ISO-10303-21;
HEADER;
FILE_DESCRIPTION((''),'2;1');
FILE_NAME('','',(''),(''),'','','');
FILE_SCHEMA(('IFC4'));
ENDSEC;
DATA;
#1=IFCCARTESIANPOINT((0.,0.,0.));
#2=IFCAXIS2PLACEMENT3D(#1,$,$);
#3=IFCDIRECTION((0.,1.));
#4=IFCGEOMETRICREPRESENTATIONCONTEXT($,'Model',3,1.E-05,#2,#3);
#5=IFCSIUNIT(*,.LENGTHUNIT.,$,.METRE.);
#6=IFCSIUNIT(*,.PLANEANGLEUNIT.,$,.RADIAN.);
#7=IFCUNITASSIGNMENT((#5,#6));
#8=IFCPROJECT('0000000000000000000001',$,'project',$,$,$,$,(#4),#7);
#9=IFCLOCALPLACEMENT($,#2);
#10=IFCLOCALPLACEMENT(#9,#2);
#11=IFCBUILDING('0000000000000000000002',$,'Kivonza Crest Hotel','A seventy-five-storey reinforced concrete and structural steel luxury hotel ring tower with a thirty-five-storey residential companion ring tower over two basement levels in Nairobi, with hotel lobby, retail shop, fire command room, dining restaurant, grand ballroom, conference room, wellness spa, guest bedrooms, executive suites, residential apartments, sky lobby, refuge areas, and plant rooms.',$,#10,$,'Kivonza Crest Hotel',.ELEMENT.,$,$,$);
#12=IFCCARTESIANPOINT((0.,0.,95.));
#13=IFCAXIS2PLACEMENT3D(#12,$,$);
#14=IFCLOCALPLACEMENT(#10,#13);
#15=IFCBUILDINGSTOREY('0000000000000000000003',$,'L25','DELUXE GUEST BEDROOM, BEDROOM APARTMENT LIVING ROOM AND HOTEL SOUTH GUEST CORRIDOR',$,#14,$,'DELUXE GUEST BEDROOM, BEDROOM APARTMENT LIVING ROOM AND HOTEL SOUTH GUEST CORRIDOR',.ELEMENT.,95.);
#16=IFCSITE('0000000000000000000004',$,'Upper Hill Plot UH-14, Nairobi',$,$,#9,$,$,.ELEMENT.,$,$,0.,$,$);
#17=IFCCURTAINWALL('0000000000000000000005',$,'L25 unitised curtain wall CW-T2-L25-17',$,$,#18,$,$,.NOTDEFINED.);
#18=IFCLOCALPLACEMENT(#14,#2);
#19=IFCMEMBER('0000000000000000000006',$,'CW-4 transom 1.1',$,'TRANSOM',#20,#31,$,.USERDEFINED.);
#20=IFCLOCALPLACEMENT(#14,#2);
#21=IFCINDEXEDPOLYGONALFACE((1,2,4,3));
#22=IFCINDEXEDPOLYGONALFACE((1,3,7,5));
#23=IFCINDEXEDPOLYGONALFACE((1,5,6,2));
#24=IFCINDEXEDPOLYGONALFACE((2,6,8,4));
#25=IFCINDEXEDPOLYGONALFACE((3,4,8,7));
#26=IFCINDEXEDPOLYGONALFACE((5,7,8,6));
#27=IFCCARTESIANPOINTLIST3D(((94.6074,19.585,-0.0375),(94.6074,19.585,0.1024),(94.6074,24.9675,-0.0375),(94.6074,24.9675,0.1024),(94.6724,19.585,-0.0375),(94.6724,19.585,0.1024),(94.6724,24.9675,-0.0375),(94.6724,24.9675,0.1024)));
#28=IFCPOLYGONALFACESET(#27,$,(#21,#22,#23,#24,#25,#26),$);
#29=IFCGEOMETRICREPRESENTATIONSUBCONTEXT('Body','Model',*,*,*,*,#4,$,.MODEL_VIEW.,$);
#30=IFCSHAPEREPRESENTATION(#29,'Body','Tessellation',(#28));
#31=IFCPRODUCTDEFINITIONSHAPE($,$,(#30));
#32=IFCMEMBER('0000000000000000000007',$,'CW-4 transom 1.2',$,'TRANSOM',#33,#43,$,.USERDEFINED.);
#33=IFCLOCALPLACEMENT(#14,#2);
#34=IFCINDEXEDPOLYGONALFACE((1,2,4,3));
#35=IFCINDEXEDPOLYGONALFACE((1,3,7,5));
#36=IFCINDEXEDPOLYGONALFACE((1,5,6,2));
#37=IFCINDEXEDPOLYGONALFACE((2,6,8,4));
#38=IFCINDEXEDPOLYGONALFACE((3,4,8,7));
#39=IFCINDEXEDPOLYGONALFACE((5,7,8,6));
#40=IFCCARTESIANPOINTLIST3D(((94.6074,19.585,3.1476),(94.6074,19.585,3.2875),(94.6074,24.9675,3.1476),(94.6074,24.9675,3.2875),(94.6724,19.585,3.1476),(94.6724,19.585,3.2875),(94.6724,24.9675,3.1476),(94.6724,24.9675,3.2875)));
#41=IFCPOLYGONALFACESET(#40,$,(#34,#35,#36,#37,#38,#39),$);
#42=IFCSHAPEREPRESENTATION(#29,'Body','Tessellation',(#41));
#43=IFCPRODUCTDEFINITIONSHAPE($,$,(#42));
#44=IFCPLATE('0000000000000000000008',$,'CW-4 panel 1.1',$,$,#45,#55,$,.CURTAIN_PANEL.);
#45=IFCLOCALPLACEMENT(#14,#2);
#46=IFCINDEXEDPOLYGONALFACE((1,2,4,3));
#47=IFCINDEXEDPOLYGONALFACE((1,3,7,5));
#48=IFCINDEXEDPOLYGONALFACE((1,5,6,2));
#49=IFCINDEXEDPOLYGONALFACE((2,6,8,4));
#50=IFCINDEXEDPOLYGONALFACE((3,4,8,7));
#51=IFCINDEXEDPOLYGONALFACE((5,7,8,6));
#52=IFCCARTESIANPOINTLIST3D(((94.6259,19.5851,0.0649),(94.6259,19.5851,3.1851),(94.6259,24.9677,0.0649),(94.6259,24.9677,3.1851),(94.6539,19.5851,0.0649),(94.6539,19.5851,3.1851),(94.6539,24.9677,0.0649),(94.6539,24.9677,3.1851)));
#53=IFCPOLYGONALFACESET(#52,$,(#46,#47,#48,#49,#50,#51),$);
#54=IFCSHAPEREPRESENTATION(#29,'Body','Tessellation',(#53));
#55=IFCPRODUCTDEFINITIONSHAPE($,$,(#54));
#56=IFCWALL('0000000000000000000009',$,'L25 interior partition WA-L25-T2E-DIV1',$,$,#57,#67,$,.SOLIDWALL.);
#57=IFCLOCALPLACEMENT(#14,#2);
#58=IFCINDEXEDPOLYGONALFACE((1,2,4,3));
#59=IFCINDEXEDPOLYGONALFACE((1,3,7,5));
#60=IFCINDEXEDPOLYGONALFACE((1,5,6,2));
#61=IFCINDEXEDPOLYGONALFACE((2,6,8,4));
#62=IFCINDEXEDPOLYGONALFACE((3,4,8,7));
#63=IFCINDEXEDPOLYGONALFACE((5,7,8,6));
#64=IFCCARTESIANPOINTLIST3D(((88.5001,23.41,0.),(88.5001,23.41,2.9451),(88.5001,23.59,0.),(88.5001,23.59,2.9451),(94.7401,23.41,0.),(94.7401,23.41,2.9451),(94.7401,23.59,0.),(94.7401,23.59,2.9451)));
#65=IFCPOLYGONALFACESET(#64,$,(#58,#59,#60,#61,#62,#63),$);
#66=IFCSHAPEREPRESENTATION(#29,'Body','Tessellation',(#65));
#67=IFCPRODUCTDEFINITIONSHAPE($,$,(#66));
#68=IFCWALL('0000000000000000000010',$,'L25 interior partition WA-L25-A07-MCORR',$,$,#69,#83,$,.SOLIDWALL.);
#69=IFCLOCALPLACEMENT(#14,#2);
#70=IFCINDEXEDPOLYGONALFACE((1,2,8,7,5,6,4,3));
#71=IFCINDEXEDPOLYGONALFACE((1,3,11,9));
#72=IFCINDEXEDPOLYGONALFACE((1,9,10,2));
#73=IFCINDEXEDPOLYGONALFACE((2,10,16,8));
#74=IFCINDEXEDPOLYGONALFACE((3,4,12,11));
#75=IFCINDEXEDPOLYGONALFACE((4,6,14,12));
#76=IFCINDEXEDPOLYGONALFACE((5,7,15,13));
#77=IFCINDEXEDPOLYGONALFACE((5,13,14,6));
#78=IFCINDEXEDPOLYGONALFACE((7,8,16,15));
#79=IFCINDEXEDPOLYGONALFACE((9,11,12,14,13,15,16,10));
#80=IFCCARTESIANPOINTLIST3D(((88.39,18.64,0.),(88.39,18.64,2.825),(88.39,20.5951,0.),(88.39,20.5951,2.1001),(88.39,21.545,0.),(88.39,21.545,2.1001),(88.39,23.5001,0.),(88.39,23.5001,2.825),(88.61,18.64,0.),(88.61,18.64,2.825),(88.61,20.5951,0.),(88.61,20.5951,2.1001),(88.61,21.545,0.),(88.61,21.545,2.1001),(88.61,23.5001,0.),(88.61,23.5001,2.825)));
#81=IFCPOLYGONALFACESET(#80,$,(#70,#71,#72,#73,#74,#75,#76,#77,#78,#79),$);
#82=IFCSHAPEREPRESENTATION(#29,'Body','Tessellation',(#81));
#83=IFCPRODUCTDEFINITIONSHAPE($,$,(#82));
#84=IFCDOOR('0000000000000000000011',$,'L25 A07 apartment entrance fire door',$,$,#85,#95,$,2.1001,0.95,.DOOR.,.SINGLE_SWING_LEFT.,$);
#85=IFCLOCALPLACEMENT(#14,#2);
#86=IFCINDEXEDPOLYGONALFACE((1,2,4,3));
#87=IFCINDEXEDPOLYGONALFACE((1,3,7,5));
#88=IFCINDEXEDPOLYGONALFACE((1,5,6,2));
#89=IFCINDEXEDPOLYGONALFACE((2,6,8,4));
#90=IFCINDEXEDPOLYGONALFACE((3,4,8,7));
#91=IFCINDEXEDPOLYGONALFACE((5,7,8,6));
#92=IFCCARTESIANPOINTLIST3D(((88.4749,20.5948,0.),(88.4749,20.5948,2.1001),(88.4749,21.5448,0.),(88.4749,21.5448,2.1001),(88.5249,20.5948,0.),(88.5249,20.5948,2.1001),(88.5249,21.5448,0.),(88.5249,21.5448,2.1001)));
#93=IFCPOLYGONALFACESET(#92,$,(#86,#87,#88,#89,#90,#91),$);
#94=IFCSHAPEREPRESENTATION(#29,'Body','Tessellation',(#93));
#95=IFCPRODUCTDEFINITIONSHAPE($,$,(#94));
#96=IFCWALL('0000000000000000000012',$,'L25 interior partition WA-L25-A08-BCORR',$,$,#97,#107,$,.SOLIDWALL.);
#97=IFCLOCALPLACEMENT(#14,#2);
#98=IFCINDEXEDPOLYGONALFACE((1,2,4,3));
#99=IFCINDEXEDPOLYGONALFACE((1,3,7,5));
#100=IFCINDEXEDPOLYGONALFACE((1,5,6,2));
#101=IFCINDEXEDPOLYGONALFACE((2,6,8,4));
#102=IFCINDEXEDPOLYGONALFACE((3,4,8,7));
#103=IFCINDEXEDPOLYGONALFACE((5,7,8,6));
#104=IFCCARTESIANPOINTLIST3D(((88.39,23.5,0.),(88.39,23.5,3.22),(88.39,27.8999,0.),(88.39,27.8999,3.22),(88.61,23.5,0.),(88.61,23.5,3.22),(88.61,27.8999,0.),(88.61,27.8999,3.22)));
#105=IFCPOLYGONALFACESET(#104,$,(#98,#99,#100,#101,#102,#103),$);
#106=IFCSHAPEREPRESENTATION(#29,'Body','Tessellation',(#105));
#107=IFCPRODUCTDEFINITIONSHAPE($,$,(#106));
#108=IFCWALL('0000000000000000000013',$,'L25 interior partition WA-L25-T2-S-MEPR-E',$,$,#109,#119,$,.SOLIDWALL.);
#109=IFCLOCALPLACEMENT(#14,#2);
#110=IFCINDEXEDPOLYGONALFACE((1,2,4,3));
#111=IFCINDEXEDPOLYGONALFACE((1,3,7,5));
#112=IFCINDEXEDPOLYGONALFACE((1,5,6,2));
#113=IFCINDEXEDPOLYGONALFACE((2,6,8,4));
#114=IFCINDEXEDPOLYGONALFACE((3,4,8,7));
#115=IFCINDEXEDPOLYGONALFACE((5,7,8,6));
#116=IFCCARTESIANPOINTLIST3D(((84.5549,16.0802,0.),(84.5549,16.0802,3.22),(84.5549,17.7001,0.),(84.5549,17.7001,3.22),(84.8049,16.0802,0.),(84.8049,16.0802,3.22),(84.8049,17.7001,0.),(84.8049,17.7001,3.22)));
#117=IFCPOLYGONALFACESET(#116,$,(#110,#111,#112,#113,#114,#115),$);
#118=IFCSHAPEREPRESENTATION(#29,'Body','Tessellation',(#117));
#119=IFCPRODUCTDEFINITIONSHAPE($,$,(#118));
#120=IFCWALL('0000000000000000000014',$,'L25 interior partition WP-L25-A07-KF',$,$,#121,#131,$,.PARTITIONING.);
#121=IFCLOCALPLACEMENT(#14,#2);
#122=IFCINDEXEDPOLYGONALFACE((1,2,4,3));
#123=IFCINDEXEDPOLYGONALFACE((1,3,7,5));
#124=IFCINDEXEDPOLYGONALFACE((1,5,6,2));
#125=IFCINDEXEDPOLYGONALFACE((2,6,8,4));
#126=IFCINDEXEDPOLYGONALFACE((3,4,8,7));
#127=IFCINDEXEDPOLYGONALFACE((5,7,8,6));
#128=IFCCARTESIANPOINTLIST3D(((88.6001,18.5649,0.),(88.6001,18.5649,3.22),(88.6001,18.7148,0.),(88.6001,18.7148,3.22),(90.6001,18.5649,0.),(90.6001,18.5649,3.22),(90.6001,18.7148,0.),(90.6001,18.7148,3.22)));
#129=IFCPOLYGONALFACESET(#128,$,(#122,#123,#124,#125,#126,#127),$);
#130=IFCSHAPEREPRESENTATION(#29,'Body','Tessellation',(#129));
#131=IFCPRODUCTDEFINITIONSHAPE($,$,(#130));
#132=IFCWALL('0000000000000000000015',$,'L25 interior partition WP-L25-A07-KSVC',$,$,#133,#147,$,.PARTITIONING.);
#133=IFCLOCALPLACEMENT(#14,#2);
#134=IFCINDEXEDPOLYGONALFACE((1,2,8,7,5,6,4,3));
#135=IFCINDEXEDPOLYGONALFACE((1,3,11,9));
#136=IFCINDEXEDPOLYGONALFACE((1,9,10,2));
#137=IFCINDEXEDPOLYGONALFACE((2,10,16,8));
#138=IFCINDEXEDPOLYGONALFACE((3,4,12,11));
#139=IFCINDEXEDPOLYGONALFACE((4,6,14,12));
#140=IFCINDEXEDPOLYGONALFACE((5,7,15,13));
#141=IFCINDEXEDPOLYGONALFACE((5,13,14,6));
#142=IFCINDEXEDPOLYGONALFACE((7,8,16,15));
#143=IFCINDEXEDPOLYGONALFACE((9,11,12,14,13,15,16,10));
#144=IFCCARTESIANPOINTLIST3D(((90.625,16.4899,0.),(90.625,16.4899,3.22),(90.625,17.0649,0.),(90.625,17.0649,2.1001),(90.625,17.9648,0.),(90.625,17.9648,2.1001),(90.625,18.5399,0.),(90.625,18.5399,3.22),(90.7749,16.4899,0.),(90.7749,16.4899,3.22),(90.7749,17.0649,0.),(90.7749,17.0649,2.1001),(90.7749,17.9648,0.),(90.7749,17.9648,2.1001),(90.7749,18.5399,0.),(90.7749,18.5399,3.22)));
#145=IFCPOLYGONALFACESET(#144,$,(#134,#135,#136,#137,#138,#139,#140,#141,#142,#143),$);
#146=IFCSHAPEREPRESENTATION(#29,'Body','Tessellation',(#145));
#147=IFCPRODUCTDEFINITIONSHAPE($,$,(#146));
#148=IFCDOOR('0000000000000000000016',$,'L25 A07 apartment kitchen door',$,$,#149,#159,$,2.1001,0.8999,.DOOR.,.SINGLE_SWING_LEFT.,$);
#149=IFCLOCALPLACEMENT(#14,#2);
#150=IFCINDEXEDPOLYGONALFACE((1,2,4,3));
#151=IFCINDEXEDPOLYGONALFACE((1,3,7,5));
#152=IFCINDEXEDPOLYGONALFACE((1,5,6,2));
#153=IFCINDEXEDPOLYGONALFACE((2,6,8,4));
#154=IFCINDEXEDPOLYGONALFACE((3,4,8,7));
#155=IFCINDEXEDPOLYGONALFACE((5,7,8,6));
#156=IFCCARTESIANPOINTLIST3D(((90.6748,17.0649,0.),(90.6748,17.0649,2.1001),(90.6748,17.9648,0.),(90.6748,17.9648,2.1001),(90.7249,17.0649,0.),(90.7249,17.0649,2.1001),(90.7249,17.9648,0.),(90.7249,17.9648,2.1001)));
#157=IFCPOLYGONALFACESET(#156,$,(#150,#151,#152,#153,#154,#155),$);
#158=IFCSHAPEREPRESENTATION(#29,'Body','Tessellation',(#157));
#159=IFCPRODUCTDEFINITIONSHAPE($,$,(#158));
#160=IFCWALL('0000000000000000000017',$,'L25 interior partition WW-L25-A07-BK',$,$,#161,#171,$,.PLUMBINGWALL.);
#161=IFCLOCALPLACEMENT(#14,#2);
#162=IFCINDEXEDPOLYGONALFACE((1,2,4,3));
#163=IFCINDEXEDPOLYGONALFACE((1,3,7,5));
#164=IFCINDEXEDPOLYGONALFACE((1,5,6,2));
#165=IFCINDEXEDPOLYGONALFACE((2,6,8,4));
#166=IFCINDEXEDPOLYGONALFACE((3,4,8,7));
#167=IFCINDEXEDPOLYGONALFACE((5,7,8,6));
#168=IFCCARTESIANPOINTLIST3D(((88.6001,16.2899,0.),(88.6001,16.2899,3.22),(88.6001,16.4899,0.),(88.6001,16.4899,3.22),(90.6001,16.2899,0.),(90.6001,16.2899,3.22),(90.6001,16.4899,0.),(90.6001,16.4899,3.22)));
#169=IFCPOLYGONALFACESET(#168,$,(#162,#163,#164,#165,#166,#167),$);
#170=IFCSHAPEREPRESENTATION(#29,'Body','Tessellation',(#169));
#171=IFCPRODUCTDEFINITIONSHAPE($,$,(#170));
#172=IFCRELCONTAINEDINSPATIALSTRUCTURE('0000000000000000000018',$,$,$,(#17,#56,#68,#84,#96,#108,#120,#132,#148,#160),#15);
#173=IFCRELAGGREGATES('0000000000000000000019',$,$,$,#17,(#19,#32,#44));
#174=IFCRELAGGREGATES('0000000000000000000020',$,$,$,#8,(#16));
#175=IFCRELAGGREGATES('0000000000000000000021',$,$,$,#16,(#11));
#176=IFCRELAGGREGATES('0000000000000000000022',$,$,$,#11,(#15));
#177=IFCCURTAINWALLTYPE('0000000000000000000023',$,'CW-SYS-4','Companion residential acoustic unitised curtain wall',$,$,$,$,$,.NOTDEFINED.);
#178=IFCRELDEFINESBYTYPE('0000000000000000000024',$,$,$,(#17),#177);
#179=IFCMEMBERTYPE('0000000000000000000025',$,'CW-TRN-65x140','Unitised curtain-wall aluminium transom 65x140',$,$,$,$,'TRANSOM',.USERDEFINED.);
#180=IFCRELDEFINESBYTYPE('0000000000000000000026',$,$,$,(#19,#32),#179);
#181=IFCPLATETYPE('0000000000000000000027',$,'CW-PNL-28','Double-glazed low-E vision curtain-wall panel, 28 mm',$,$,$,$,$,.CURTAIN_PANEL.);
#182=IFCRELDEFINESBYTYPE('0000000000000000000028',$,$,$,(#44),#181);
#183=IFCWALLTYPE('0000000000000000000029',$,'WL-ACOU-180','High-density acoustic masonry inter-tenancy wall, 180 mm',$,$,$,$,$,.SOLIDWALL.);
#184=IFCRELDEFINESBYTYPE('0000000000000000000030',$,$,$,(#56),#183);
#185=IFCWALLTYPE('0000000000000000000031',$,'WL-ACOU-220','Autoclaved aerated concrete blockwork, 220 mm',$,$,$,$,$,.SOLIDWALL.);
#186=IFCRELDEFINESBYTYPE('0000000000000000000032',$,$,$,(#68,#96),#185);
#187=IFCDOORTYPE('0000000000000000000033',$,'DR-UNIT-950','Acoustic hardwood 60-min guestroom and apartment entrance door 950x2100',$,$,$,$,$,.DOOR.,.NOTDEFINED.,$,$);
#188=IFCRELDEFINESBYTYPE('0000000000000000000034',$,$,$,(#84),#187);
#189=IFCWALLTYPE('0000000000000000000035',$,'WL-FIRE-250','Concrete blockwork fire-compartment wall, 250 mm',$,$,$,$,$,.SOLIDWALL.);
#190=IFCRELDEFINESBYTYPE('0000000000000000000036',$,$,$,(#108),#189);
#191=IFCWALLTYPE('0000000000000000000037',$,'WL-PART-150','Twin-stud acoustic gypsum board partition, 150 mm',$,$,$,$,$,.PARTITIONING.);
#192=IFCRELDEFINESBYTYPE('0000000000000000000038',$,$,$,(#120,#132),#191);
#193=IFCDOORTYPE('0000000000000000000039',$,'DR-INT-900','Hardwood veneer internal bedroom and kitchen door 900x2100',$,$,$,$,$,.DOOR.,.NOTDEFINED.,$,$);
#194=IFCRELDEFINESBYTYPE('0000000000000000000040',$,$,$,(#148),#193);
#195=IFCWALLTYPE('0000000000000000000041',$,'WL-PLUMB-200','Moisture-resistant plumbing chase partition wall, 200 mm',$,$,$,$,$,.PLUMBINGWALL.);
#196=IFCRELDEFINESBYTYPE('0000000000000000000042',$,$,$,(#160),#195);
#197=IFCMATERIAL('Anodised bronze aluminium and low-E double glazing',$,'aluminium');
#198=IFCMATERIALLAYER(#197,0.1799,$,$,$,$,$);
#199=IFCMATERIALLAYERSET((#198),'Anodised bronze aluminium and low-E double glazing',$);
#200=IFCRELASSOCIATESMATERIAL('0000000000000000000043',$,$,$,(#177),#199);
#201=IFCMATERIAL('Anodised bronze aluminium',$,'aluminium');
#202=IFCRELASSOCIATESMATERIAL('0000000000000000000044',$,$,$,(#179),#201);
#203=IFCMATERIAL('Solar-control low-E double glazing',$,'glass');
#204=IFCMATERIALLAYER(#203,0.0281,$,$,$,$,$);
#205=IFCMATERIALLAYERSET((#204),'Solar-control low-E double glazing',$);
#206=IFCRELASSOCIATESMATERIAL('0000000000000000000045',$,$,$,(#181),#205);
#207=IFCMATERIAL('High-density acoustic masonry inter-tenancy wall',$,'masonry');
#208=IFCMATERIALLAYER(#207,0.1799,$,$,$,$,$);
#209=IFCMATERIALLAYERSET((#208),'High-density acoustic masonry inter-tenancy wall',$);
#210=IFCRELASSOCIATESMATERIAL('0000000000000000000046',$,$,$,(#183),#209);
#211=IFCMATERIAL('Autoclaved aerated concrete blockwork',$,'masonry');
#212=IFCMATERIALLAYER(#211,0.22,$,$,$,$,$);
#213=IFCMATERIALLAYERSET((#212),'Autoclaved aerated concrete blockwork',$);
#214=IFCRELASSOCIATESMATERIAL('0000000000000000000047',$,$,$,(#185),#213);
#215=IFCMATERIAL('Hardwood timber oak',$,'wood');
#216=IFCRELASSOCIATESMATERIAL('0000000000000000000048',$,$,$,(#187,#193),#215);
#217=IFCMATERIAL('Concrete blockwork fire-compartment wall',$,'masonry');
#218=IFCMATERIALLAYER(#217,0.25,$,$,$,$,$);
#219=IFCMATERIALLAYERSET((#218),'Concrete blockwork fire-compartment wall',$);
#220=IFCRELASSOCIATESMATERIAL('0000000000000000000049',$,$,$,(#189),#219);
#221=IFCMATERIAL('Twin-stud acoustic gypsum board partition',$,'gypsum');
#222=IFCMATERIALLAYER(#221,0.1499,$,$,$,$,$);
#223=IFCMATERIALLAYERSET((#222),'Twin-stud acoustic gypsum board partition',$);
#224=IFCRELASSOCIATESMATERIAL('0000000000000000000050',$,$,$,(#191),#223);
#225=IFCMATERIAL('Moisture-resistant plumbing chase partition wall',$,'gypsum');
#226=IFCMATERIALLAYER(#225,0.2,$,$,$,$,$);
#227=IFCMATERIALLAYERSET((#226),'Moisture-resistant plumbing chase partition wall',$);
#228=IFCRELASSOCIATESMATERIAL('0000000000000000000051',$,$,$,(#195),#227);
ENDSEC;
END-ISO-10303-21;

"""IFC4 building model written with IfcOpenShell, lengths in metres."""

from ifc_helpers import new_model, si_unit, direction, frame, frame_2d, origin, origin_2d, place, context, subcontext, project, spatial, rectangle, extrude, material, layer, layer_set, material_profile, profile_set, type_object, element, fill, aggregate, save


model = new_model("IFC4")

# Units and contexts
model_context = context("Model", 3, precision=1e-05, world=origin(), true_north=direction((0.0, 1.0)))
body_context = subcontext(model_context, "Body", "Model", "MODEL_VIEW")
ifc_project = project(units=[si_unit("LENGTHUNIT", "METRE"), si_unit("PLANEANGLEUNIT", "RADIAN")], contexts=[model_context])

# Site, building, storey
site_placement = place(None, origin())
site = spatial("IfcSite", under=ifc_project, at=site_placement, Name="Upper Hill Plot UH-14, Nairobi", CompositionType="ELEMENT", RefElevation=0.0)
building_placement = place(site_placement, origin())
building = spatial("IfcBuilding", under=site, at=building_placement, Name="Kivonza Crest Hotel", Description="A seventy-five-storey reinforced concrete and structural steel luxury hotel ring tower with a thirty-five-storey residential companion ring tower over two basement levels in Nairobi, with hotel lobby, retail shop, fire command room, dining restaurant, grand ballroom, conference room, wellness spa, guest bedrooms, executive suites, residential apartments, sky lobby, refuge areas, and plant rooms.", LongName="Kivonza Crest Hotel", CompositionType="ELEMENT")
storey_placement = place(building_placement, frame((0.0, 0.0, 95.0)))
storey = spatial("IfcBuildingStorey", under=building, at=storey_placement, Name="L25", Description="DELUXE GUEST BEDROOM, BEDROOM APARTMENT LIVING ROOM AND HOTEL SOUTH GUEST CORRIDOR", LongName="DELUXE GUEST BEDROOM, BEDROOM APARTMENT LIVING ROOM AND HOTEL SOUTH GUEST CORRIDOR", CompositionType="ELEMENT", Elevation=95.0)

# Curtain wall, members, plate
ifc_material_1 = material(Name="Anodised bronze aluminium and low-E double glazing", Category="aluminium")
ifc_layer_1 = layer(ifc_material_1, 0.1799)
ifc_layer_set_1 = layer_set([ifc_layer_1], Name="Anodised bronze aluminium and low-E double glazing")
curtain_wall_type = type_object("IfcCurtainWallType", Name="CW-SYS-4", Description="Companion residential acoustic unitised curtain wall", PredefinedType="NOTDEFINED", material=ifc_layer_set_1)
curtain_wall_placement = place(storey_placement, origin())
curtain_wall = element("IfcCurtainWall", 1, at=curtain_wall_placement, inside=storey, type_object=curtain_wall_type, Name="L25 unitised curtain wall CW-T2-L25-17", PredefinedType="NOTDEFINED")
ifc_material_2 = material(Name="Anodised bronze aluminium", Category="aluminium")
ifc_material_profile_1 = material_profile(ifc_material_2, rectangle(XDim=0.0649, YDim=0.1399, at=origin_2d()), Name="CW-T 65x140")
ifc_profile_set_1 = profile_set([ifc_material_profile_1], Name="Anodised bronze aluminium")
member_type_1 = type_object("IfcMemberType", Name="CW-TRN-65x140", Description="Unitised curtain-wall aluminium transom 65x140", ElementType="TRANSOM", PredefinedType="USERDEFINED", material=ifc_profile_set_1)
member_1_placement = place(storey_placement, frame((94.6399, 19.585, 0.0325), z_axis=(0.0, 1.0, 0.0), x_axis=(-1.0, 0.0, 0.0)))
member_1 = element("IfcMember", 2, at=member_1_placement, type_object=member_type_1, Name="CW-4 transom 1.1", ObjectType="TRANSOM", PredefinedType="USERDEFINED", context=body_context, shape_type="SweptSolid", body=[
    extrude(rectangle(XDim=0.0649, YDim=0.1399, at=origin_2d()), origin(), (0.0, 0.0, 1.0), 5.3826),
])
member_2_placement = place(storey_placement, frame((94.6399, 19.585, 3.2175), z_axis=(0.0, 1.0, 0.0), x_axis=(-1.0, 0.0, 0.0)))
member_2 = element("IfcMember", 3, at=member_2_placement, type_object=member_type_1, Name="CW-4 transom 1.2", ObjectType="TRANSOM", PredefinedType="USERDEFINED", context=body_context, shape_type="SweptSolid", body=[
    extrude(rectangle(XDim=0.0649, YDim=0.1399, at=origin_2d()), origin(), (0.0, 0.0, 1.0), 5.3826),
])
ifc_material_3 = material(Name="Solar-control low-E double glazing", Category="glass")
ifc_layer_2 = layer(ifc_material_3, 0.0281)
ifc_layer_set_2 = layer_set([ifc_layer_2], Name="Solar-control low-E double glazing")
plate_type = type_object("IfcPlateType", Name="CW-PNL-28", Description="Double-glazed low-E vision curtain-wall panel, 28 mm", PredefinedType="CURTAIN_PANEL", material=ifc_layer_set_2)
plate_placement = place(storey_placement, frame((94.6399, 22.2764, 0.0649), z_axis=(0.0, 0.0, 1.0), x_axis=(0.0, 1.0, 0.0)))
plate = element("IfcPlate", 4, at=plate_placement, type_object=plate_type, Name="CW-4 panel 1.1", PredefinedType="CURTAIN_PANEL", context=body_context, shape_type="SweptSolid", body=[
    extrude(rectangle(XDim=5.3826, YDim=0.0281, at=origin_2d()), origin(), (0.0, 0.0, 1.0), 3.1201),
])
aggregate(curtain_wall, [member_1, member_2, plate])

# Wall
ifc_material_4 = material(Name="High-density acoustic masonry inter-tenancy wall", Category="masonry")
ifc_layer_3 = layer(ifc_material_4, 0.1799)
ifc_layer_set_3 = layer_set([ifc_layer_3], Name="High-density acoustic masonry inter-tenancy wall")
wall_type_1 = type_object("IfcWallType", Name="WL-ACOU-180", Description="High-density acoustic masonry inter-tenancy wall, 180 mm", PredefinedType="SOLIDWALL", material=ifc_layer_set_3)
wall_1_placement = place(storey_placement, frame((88.5, 23.5, 0.0), z_axis=(0.0, 0.0, 1.0), x_axis=(1.0, 0.0, 0.0)))
element("IfcWall", 5, at=wall_1_placement, inside=storey, type_object=wall_type_1, Name="L25 interior partition WA-L25-T2E-DIV1", PredefinedType="SOLIDWALL", context=body_context, shape_type="SweptSolid", body=[
    extrude(rectangle(XDim=6.24, YDim=0.1799, at=frame_2d((3.1201, 0.0))), origin(), (0.0, 0.0, 1.0), 2.9451),
])

# Wall, opening, door
ifc_material_5 = material(Name="Autoclaved aerated concrete blockwork", Category="masonry")
ifc_layer_4 = layer(ifc_material_5, 0.22)
ifc_layer_set_4 = layer_set([ifc_layer_4], Name="Autoclaved aerated concrete blockwork")
wall_type_2 = type_object("IfcWallType", Name="WL-ACOU-220", Description="Autoclaved aerated concrete blockwork, 220 mm", PredefinedType="SOLIDWALL", material=ifc_layer_set_4)
wall_2_placement = place(storey_placement, frame((88.5, 18.6399, 0.0), z_axis=(0.0, 0.0, 1.0), x_axis=(0.0, 1.0, 0.0)))
wall_2 = element("IfcWall", 6, at=wall_2_placement, inside=storey, type_object=wall_type_2, Name="L25 interior partition WA-L25-A07-MCORR", PredefinedType="SOLIDWALL", context=body_context, shape_type="SweptSolid", body=[
    extrude(rectangle(XDim=4.8601, YDim=0.22, at=frame_2d((2.4302, 0.0))), origin(), (0.0, 0.0, 1.0), 2.825),
])
opening_1_placement = place(wall_2_placement, frame((1.9551, 0.0, 0.0)))
opening_1 = element("IfcOpeningElement", 7, at=opening_1_placement, cuts=wall_2, PredefinedType="OPENING", context=body_context, shape_type="SweptSolid", body=[
    extrude(rectangle(XDim=0.95, YDim=2.1001, at=frame_2d((0.4751, 1.05))), frame((0.0, 0.1201, 0.0), z_axis=(0.0, -1.0, 0.0), x_axis=(1.0, 0.0, 0.0)), (0.0, 0.0, 1.0), 0.24),
])
ifc_material_6 = material(Name="Hardwood timber oak", Category="wood")
door_type_1 = type_object("IfcDoorType", Name="DR-UNIT-950", Description="Acoustic hardwood 60-min guestroom and apartment entrance door 950x2100", OperationType="NOTDEFINED", PredefinedType="DOOR", material=ifc_material_6)
door_1_placement = place(opening_1_placement, frame((0.95, 0.0, 0.0), z_axis=(0.0, 0.0, 1.0), x_axis=(-1.0, 0.0, 0.0)))
door_1 = element("IfcDoor", 8, at=door_1_placement, inside=storey, type_object=door_type_1, Name="L25 A07 apartment entrance fire door", OperationType="SINGLE_SWING_LEFT", OverallHeight=2.1001, OverallWidth=0.95, PredefinedType="DOOR", context=body_context, shape_type="SweptSolid", body=[
    extrude(rectangle(XDim=0.95, YDim=2.1001, at=frame_2d((0.4751, 1.05))), frame((0.0, 0.0249, 0.0), z_axis=(0.0, -1.0, 0.0), x_axis=(1.0, 0.0, 0.0)), (0.0, 0.0, 1.0), 0.05),
])
fill(opening_1, door_1)

# Walls
wall_3_placement = place(storey_placement, frame((88.5, 23.5, 0.0), z_axis=(0.0, 0.0, 1.0), x_axis=(0.0, 1.0, 0.0)))
element("IfcWall", 9, at=wall_3_placement, inside=storey, type_object=wall_type_2, Name="L25 interior partition WA-L25-A08-BCORR", PredefinedType="SOLIDWALL", context=body_context, shape_type="SweptSolid", body=[
    extrude(rectangle(XDim=4.3999, YDim=0.22, at=frame_2d((2.2, 0.0))), origin(), (0.0, 0.0, 1.0), 3.22),
])
ifc_material_7 = material(Name="Concrete blockwork fire-compartment wall", Category="masonry")
ifc_layer_5 = layer(ifc_material_7, 0.25)
ifc_layer_set_5 = layer_set([ifc_layer_5], Name="Concrete blockwork fire-compartment wall")
wall_type_3 = type_object("IfcWallType", Name="WL-FIRE-250", Description="Concrete blockwork fire-compartment wall, 250 mm", PredefinedType="SOLIDWALL", material=ifc_layer_set_5)
wall_4_placement = place(storey_placement, frame((84.6799, 16.0801, 0.0), z_axis=(0.0, 0.0, 1.0), x_axis=(0.0, 1.0, 0.0)))
element("IfcWall", 10, at=wall_4_placement, inside=storey, type_object=wall_type_3, Name="L25 interior partition WA-L25-T2-S-MEPR-E", PredefinedType="SOLIDWALL", context=body_context, shape_type="SweptSolid", body=[
    extrude(rectangle(XDim=1.6199, YDim=0.25, at=frame_2d((0.8101, 0.0))), origin(), (0.0, 0.0, 1.0), 3.22),
])
ifc_material_8 = material(Name="Twin-stud acoustic gypsum board partition", Category="gypsum")
ifc_layer_6 = layer(ifc_material_8, 0.1499)
ifc_layer_set_6 = layer_set([ifc_layer_6], Name="Twin-stud acoustic gypsum board partition")
wall_type_4 = type_object("IfcWallType", Name="WL-PART-150", Description="Twin-stud acoustic gypsum board partition, 150 mm", PredefinedType="PARTITIONING", material=ifc_layer_set_6)
wall_5_placement = place(storey_placement, frame((88.6001, 18.6399, 0.0), z_axis=(0.0, 0.0, 1.0), x_axis=(1.0, 0.0, 0.0)))
element("IfcWall", 11, at=wall_5_placement, inside=storey, type_object=wall_type_4, Name="L25 interior partition WP-L25-A07-KF", PredefinedType="PARTITIONING", context=body_context, shape_type="SweptSolid", body=[
    extrude(rectangle(XDim=2.0, YDim=0.1499, at=frame_2d((1.0, 0.0))), origin(), (0.0, 0.0, 1.0), 3.22),
])

# Wall, opening, door
wall_6_placement = place(storey_placement, frame((90.7, 16.49, 0.0), z_axis=(0.0, 0.0, 1.0), x_axis=(0.0, 1.0, 0.0)))
wall_6 = element("IfcWall", 12, at=wall_6_placement, inside=storey, type_object=wall_type_4, Name="L25 interior partition WP-L25-A07-KSVC", PredefinedType="PARTITIONING", context=body_context, shape_type="SweptSolid", body=[
    extrude(rectangle(XDim=2.05, YDim=0.1499, at=frame_2d((1.0249, 0.0))), origin(), (0.0, 0.0, 1.0), 3.22),
])
opening_2_placement = place(wall_6_placement, frame((0.575, 0.0, 0.0)))
opening_2 = element("IfcOpeningElement", 13, at=opening_2_placement, cuts=wall_6, PredefinedType="OPENING", context=body_context, shape_type="SweptSolid", body=[
    extrude(rectangle(XDim=0.8999, YDim=2.1001, at=frame_2d((0.45, 1.05))), frame((0.0, 0.085, 0.0), z_axis=(0.0, -1.0, 0.0), x_axis=(1.0, 0.0, 0.0)), (0.0, 0.0, 1.0), 0.1699),
])
door_type_2 = type_object("IfcDoorType", Name="DR-INT-900", Description="Hardwood veneer internal bedroom and kitchen door 900x2100", OperationType="NOTDEFINED", PredefinedType="DOOR", material=ifc_material_6)
door_2_placement = place(opening_2_placement, frame((0.8999, 0.0, 0.0), z_axis=(0.0, 0.0, 1.0), x_axis=(-1.0, 0.0, 0.0)))
door_2 = element("IfcDoor", 14, at=door_2_placement, inside=storey, type_object=door_type_2, Name="L25 A07 apartment kitchen door", OperationType="SINGLE_SWING_LEFT", OverallHeight=2.1001, OverallWidth=0.8999, PredefinedType="DOOR", context=body_context, shape_type="SweptSolid", body=[
    extrude(rectangle(XDim=0.8999, YDim=2.1001, at=frame_2d((0.45, 1.05))), frame((0.0, 0.0249, 0.0), z_axis=(0.0, -1.0, 0.0), x_axis=(1.0, 0.0, 0.0)), (0.0, 0.0, 1.0), 0.05),
])
fill(opening_2, door_2)

# Wall
ifc_material_9 = material(Name="Moisture-resistant plumbing chase partition wall", Category="gypsum")
ifc_layer_7 = layer(ifc_material_9, 0.2)
ifc_layer_set_7 = layer_set([ifc_layer_7], Name="Moisture-resistant plumbing chase partition wall")
wall_type_5 = type_object("IfcWallType", Name="WL-PLUMB-200", Description="Moisture-resistant plumbing chase partition wall, 200 mm", PredefinedType="PLUMBINGWALL", material=ifc_layer_set_7)
wall_7_placement = place(storey_placement, frame((88.6001, 16.3899, 0.0), z_axis=(0.0, 0.0, 1.0), x_axis=(1.0, 0.0, 0.0)))
element("IfcWall", 15, at=wall_7_placement, inside=storey, type_object=wall_type_5, Name="L25 interior partition WW-L25-A07-BK", PredefinedType="PLUMBINGWALL", context=body_context, shape_type="SweptSolid", body=[
    extrude(rectangle(XDim=2.0, YDim=0.2, at=frame_2d((1.0, 0.0))), origin(), (0.0, 0.0, 1.0), 3.22),
])

save(model, "model.ifc")
